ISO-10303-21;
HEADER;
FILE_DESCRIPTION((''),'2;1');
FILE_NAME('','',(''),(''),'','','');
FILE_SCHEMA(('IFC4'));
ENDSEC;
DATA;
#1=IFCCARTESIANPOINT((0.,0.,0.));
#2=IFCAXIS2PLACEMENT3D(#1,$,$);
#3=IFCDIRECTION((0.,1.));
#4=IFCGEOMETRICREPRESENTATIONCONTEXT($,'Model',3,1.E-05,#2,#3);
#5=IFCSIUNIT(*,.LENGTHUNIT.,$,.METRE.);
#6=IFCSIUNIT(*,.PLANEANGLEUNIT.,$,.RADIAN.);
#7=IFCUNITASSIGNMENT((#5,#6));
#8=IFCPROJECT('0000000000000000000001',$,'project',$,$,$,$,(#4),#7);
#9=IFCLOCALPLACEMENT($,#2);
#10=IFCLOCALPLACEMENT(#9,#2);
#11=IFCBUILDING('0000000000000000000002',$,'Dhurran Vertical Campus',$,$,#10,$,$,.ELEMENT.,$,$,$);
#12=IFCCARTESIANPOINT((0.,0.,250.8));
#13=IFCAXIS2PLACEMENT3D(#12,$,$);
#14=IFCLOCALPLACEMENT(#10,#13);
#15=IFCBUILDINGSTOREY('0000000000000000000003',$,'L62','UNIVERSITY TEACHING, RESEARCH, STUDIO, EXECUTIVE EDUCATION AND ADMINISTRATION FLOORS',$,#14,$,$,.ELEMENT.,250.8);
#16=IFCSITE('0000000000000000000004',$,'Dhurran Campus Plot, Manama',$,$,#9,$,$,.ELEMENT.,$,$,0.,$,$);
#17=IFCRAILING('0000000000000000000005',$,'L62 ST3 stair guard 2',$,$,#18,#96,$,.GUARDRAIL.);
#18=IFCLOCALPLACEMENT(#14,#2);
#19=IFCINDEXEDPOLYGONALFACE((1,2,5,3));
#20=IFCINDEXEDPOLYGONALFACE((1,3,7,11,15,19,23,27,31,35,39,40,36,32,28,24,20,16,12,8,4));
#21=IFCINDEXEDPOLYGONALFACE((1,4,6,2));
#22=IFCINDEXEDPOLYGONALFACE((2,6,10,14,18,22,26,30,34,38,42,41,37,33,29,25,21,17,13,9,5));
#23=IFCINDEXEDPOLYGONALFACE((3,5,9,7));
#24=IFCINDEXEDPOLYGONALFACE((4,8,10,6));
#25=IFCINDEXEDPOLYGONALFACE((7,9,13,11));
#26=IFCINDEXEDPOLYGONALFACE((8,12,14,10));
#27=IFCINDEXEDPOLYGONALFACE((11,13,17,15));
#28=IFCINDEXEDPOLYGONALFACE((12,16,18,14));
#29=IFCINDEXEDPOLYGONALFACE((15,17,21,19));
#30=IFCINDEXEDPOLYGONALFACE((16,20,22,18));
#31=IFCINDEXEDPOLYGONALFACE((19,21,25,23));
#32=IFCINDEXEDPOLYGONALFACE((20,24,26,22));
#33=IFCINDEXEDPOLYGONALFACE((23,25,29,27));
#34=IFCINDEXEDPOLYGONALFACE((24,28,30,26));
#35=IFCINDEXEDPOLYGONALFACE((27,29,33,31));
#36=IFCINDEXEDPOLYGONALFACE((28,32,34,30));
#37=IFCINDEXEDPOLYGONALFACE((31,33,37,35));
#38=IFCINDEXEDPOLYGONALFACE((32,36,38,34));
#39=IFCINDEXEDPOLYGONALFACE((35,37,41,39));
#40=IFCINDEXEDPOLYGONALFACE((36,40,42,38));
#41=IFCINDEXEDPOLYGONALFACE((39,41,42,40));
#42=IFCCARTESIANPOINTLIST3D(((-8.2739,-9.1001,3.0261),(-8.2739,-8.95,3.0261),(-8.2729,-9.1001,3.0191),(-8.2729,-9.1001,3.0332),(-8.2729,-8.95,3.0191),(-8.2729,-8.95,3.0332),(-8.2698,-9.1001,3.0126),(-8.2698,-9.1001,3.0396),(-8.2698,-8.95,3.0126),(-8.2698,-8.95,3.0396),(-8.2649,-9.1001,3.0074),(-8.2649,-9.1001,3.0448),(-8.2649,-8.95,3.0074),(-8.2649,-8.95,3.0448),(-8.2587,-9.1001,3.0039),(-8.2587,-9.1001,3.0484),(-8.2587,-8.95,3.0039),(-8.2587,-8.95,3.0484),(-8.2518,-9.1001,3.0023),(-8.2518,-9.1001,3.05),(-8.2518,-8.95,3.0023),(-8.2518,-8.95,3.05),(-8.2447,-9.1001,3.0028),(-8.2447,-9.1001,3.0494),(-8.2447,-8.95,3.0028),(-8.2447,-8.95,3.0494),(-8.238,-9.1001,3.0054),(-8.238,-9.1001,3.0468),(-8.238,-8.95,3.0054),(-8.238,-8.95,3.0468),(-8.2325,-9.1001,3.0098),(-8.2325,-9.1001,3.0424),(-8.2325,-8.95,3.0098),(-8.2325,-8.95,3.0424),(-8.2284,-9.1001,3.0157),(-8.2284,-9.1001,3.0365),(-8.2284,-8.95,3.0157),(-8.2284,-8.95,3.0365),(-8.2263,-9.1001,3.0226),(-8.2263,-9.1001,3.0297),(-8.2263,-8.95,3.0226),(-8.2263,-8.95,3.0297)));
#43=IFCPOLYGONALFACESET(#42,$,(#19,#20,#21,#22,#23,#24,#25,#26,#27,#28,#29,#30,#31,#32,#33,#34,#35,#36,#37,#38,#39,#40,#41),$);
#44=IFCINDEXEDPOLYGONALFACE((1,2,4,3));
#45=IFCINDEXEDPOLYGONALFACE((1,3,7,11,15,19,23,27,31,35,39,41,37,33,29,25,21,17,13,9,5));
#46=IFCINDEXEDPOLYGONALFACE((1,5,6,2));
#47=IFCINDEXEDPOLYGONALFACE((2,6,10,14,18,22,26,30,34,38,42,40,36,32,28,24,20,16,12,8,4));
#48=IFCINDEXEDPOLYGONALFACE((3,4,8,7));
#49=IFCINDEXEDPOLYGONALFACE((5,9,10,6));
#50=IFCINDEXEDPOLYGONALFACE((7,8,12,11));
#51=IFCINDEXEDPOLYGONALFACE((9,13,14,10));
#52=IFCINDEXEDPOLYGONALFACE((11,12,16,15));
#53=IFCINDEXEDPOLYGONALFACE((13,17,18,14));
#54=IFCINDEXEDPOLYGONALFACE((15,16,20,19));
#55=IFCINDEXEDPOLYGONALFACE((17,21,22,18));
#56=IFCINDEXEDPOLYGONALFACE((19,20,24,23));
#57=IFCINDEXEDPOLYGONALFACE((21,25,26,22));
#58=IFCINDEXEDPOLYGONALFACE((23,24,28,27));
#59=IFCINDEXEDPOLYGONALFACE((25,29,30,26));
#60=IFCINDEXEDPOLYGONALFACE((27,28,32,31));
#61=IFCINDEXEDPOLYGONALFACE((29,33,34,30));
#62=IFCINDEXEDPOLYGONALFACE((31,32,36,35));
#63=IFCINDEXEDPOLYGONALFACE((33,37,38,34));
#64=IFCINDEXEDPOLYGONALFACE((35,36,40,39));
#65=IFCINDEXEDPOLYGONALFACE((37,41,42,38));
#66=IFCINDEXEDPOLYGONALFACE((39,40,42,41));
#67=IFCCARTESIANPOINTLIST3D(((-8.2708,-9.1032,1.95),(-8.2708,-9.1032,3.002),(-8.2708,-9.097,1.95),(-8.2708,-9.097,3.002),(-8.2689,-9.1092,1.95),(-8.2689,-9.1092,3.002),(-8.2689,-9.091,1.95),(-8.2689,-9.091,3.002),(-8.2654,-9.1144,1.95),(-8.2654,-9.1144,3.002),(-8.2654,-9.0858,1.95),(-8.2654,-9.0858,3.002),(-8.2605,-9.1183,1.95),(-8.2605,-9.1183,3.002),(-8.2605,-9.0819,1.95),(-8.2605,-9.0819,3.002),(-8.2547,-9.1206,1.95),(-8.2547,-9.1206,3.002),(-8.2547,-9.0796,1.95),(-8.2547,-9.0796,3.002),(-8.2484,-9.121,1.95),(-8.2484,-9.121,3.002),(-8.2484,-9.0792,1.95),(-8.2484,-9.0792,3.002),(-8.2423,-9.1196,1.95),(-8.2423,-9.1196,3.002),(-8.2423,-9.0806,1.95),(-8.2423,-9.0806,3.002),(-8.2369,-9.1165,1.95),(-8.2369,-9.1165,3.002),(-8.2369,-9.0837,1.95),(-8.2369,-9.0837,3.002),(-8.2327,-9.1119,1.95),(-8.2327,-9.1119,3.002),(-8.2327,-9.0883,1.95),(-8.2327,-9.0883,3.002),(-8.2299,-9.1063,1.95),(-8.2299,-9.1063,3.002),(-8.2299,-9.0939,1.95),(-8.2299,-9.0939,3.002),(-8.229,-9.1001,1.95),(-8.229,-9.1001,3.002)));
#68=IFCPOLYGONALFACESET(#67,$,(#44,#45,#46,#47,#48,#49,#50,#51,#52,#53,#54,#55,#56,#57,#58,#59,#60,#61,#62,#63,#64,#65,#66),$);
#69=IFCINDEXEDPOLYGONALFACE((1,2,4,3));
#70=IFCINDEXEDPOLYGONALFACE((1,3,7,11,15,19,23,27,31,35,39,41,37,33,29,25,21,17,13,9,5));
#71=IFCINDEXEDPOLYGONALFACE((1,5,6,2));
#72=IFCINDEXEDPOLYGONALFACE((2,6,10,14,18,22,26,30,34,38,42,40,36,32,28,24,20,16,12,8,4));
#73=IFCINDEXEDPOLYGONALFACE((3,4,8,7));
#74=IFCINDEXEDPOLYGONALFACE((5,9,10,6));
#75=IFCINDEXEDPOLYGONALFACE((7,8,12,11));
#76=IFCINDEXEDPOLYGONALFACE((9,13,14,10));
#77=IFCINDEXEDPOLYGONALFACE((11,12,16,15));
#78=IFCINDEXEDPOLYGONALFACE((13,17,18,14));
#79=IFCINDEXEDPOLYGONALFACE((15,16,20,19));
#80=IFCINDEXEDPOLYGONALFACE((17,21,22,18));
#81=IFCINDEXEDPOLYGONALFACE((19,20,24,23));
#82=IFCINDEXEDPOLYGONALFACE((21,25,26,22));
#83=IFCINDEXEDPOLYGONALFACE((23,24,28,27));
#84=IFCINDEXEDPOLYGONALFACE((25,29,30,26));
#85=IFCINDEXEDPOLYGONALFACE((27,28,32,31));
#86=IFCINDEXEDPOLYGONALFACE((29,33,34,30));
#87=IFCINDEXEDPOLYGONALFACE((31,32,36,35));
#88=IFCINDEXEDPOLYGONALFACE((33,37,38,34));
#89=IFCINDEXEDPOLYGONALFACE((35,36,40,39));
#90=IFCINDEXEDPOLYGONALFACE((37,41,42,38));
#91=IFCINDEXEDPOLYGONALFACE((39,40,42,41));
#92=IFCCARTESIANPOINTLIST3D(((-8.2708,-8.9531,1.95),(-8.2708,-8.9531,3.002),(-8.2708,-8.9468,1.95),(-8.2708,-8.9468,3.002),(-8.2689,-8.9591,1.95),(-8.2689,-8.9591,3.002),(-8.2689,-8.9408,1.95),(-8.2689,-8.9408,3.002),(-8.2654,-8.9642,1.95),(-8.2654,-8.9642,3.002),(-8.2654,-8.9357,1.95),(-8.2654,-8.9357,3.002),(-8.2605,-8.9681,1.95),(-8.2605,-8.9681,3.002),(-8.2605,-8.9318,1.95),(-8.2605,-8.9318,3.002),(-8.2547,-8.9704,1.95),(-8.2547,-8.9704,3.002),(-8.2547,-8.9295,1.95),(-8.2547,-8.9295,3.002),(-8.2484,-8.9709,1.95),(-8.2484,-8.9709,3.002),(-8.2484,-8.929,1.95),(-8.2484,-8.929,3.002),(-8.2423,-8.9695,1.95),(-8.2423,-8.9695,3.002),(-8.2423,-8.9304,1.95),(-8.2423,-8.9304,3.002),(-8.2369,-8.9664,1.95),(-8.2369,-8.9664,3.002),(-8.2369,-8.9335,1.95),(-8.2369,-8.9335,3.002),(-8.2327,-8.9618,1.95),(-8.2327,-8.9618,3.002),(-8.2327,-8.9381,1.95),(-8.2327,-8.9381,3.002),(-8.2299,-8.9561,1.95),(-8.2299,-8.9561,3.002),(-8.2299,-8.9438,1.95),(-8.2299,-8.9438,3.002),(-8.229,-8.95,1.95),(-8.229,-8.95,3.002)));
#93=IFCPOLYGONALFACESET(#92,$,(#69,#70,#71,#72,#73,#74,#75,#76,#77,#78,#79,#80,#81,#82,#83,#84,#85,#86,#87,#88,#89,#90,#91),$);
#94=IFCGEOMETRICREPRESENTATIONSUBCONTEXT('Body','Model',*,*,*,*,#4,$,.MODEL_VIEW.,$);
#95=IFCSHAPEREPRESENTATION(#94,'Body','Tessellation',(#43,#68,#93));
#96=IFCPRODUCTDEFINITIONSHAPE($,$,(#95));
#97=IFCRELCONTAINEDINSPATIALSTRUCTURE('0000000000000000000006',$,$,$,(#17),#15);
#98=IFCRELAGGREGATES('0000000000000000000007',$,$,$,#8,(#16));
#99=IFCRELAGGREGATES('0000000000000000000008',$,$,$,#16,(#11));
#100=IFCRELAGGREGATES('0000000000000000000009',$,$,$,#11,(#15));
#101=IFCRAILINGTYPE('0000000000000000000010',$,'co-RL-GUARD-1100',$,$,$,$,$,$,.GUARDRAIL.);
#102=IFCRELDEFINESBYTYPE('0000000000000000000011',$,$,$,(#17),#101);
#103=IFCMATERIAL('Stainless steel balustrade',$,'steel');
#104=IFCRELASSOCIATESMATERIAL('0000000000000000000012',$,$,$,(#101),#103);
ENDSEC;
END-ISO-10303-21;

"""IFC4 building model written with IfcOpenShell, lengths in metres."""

from ifc_helpers import new_model, si_unit, direction, frame, origin, origin_2d, place, context, subcontext, project, spatial, circle, extrude, material, type_object, element, save


model = new_model("IFC4")

# Units and contexts
model_context = context("Model", 3, precision=1e-05, world=origin(), true_north=direction((0.0, 1.0)))
body_context = subcontext(model_context, "Body", "Model", "MODEL_VIEW")
ifc_project = project(units=[si_unit("LENGTHUNIT", "METRE"), si_unit("PLANEANGLEUNIT", "RADIAN")], contexts=[model_context])

# Site, building, storey
site_placement = place(None, origin())
site = spatial("IfcSite", under=ifc_project, at=site_placement, Name="Dhurran Campus Plot, Manama", CompositionType="ELEMENT", RefElevation=0.0)
building_placement = place(site_placement, origin())
building = spatial("IfcBuilding", under=site, at=building_placement, Name="Dhurran Vertical Campus", CompositionType="ELEMENT")
storey_placement = place(building_placement, frame((0.0, 0.0, 250.8)))
storey = spatial("IfcBuildingStorey", under=building, at=storey_placement, Name="L62", Description="UNIVERSITY TEACHING, RESEARCH, STUDIO, EXECUTIVE EDUCATION AND ADMINISTRATION FLOORS", CompositionType="ELEMENT", Elevation=250.8)

# Railing
ifc_material_1 = material(Name="Stainless steel balustrade", Category="steel")
railing_type_1 = type_object("IfcRailingType", Name="co-RL-GUARD-1100", PredefinedType="GUARDRAIL", material=ifc_material_1)
railing_1_placement = place(storey_placement, frame((-8.25, -9.1001, 1.95)))
element("IfcRailing", 1, at=railing_1_placement, inside=storey, type_object=railing_type_1, Name="L62 ST3 stair guard 2", PredefinedType="GUARDRAIL", context=body_context, shape_type="SweptSolid", body=[
    extrude(circle(Radius=0.0239, at=origin_2d()), frame((0.0, 0.0, 1.0762), z_axis=(0.0, 1.0, 0.0), x_axis=(-1.0, 0.0, 0.0)), (0.0, 0.0, 1.0), 0.1501),
    extrude(circle(Radius=0.021, at=origin_2d()), origin(), (0.0, 0.0, 1.0), 1.052),
    extrude(circle(Radius=0.021, at=origin_2d()), frame((0.0, 0.1501, 0.0)), (0.0, 0.0, 1.0), 1.052),
])

save(model, "model.ifc")
